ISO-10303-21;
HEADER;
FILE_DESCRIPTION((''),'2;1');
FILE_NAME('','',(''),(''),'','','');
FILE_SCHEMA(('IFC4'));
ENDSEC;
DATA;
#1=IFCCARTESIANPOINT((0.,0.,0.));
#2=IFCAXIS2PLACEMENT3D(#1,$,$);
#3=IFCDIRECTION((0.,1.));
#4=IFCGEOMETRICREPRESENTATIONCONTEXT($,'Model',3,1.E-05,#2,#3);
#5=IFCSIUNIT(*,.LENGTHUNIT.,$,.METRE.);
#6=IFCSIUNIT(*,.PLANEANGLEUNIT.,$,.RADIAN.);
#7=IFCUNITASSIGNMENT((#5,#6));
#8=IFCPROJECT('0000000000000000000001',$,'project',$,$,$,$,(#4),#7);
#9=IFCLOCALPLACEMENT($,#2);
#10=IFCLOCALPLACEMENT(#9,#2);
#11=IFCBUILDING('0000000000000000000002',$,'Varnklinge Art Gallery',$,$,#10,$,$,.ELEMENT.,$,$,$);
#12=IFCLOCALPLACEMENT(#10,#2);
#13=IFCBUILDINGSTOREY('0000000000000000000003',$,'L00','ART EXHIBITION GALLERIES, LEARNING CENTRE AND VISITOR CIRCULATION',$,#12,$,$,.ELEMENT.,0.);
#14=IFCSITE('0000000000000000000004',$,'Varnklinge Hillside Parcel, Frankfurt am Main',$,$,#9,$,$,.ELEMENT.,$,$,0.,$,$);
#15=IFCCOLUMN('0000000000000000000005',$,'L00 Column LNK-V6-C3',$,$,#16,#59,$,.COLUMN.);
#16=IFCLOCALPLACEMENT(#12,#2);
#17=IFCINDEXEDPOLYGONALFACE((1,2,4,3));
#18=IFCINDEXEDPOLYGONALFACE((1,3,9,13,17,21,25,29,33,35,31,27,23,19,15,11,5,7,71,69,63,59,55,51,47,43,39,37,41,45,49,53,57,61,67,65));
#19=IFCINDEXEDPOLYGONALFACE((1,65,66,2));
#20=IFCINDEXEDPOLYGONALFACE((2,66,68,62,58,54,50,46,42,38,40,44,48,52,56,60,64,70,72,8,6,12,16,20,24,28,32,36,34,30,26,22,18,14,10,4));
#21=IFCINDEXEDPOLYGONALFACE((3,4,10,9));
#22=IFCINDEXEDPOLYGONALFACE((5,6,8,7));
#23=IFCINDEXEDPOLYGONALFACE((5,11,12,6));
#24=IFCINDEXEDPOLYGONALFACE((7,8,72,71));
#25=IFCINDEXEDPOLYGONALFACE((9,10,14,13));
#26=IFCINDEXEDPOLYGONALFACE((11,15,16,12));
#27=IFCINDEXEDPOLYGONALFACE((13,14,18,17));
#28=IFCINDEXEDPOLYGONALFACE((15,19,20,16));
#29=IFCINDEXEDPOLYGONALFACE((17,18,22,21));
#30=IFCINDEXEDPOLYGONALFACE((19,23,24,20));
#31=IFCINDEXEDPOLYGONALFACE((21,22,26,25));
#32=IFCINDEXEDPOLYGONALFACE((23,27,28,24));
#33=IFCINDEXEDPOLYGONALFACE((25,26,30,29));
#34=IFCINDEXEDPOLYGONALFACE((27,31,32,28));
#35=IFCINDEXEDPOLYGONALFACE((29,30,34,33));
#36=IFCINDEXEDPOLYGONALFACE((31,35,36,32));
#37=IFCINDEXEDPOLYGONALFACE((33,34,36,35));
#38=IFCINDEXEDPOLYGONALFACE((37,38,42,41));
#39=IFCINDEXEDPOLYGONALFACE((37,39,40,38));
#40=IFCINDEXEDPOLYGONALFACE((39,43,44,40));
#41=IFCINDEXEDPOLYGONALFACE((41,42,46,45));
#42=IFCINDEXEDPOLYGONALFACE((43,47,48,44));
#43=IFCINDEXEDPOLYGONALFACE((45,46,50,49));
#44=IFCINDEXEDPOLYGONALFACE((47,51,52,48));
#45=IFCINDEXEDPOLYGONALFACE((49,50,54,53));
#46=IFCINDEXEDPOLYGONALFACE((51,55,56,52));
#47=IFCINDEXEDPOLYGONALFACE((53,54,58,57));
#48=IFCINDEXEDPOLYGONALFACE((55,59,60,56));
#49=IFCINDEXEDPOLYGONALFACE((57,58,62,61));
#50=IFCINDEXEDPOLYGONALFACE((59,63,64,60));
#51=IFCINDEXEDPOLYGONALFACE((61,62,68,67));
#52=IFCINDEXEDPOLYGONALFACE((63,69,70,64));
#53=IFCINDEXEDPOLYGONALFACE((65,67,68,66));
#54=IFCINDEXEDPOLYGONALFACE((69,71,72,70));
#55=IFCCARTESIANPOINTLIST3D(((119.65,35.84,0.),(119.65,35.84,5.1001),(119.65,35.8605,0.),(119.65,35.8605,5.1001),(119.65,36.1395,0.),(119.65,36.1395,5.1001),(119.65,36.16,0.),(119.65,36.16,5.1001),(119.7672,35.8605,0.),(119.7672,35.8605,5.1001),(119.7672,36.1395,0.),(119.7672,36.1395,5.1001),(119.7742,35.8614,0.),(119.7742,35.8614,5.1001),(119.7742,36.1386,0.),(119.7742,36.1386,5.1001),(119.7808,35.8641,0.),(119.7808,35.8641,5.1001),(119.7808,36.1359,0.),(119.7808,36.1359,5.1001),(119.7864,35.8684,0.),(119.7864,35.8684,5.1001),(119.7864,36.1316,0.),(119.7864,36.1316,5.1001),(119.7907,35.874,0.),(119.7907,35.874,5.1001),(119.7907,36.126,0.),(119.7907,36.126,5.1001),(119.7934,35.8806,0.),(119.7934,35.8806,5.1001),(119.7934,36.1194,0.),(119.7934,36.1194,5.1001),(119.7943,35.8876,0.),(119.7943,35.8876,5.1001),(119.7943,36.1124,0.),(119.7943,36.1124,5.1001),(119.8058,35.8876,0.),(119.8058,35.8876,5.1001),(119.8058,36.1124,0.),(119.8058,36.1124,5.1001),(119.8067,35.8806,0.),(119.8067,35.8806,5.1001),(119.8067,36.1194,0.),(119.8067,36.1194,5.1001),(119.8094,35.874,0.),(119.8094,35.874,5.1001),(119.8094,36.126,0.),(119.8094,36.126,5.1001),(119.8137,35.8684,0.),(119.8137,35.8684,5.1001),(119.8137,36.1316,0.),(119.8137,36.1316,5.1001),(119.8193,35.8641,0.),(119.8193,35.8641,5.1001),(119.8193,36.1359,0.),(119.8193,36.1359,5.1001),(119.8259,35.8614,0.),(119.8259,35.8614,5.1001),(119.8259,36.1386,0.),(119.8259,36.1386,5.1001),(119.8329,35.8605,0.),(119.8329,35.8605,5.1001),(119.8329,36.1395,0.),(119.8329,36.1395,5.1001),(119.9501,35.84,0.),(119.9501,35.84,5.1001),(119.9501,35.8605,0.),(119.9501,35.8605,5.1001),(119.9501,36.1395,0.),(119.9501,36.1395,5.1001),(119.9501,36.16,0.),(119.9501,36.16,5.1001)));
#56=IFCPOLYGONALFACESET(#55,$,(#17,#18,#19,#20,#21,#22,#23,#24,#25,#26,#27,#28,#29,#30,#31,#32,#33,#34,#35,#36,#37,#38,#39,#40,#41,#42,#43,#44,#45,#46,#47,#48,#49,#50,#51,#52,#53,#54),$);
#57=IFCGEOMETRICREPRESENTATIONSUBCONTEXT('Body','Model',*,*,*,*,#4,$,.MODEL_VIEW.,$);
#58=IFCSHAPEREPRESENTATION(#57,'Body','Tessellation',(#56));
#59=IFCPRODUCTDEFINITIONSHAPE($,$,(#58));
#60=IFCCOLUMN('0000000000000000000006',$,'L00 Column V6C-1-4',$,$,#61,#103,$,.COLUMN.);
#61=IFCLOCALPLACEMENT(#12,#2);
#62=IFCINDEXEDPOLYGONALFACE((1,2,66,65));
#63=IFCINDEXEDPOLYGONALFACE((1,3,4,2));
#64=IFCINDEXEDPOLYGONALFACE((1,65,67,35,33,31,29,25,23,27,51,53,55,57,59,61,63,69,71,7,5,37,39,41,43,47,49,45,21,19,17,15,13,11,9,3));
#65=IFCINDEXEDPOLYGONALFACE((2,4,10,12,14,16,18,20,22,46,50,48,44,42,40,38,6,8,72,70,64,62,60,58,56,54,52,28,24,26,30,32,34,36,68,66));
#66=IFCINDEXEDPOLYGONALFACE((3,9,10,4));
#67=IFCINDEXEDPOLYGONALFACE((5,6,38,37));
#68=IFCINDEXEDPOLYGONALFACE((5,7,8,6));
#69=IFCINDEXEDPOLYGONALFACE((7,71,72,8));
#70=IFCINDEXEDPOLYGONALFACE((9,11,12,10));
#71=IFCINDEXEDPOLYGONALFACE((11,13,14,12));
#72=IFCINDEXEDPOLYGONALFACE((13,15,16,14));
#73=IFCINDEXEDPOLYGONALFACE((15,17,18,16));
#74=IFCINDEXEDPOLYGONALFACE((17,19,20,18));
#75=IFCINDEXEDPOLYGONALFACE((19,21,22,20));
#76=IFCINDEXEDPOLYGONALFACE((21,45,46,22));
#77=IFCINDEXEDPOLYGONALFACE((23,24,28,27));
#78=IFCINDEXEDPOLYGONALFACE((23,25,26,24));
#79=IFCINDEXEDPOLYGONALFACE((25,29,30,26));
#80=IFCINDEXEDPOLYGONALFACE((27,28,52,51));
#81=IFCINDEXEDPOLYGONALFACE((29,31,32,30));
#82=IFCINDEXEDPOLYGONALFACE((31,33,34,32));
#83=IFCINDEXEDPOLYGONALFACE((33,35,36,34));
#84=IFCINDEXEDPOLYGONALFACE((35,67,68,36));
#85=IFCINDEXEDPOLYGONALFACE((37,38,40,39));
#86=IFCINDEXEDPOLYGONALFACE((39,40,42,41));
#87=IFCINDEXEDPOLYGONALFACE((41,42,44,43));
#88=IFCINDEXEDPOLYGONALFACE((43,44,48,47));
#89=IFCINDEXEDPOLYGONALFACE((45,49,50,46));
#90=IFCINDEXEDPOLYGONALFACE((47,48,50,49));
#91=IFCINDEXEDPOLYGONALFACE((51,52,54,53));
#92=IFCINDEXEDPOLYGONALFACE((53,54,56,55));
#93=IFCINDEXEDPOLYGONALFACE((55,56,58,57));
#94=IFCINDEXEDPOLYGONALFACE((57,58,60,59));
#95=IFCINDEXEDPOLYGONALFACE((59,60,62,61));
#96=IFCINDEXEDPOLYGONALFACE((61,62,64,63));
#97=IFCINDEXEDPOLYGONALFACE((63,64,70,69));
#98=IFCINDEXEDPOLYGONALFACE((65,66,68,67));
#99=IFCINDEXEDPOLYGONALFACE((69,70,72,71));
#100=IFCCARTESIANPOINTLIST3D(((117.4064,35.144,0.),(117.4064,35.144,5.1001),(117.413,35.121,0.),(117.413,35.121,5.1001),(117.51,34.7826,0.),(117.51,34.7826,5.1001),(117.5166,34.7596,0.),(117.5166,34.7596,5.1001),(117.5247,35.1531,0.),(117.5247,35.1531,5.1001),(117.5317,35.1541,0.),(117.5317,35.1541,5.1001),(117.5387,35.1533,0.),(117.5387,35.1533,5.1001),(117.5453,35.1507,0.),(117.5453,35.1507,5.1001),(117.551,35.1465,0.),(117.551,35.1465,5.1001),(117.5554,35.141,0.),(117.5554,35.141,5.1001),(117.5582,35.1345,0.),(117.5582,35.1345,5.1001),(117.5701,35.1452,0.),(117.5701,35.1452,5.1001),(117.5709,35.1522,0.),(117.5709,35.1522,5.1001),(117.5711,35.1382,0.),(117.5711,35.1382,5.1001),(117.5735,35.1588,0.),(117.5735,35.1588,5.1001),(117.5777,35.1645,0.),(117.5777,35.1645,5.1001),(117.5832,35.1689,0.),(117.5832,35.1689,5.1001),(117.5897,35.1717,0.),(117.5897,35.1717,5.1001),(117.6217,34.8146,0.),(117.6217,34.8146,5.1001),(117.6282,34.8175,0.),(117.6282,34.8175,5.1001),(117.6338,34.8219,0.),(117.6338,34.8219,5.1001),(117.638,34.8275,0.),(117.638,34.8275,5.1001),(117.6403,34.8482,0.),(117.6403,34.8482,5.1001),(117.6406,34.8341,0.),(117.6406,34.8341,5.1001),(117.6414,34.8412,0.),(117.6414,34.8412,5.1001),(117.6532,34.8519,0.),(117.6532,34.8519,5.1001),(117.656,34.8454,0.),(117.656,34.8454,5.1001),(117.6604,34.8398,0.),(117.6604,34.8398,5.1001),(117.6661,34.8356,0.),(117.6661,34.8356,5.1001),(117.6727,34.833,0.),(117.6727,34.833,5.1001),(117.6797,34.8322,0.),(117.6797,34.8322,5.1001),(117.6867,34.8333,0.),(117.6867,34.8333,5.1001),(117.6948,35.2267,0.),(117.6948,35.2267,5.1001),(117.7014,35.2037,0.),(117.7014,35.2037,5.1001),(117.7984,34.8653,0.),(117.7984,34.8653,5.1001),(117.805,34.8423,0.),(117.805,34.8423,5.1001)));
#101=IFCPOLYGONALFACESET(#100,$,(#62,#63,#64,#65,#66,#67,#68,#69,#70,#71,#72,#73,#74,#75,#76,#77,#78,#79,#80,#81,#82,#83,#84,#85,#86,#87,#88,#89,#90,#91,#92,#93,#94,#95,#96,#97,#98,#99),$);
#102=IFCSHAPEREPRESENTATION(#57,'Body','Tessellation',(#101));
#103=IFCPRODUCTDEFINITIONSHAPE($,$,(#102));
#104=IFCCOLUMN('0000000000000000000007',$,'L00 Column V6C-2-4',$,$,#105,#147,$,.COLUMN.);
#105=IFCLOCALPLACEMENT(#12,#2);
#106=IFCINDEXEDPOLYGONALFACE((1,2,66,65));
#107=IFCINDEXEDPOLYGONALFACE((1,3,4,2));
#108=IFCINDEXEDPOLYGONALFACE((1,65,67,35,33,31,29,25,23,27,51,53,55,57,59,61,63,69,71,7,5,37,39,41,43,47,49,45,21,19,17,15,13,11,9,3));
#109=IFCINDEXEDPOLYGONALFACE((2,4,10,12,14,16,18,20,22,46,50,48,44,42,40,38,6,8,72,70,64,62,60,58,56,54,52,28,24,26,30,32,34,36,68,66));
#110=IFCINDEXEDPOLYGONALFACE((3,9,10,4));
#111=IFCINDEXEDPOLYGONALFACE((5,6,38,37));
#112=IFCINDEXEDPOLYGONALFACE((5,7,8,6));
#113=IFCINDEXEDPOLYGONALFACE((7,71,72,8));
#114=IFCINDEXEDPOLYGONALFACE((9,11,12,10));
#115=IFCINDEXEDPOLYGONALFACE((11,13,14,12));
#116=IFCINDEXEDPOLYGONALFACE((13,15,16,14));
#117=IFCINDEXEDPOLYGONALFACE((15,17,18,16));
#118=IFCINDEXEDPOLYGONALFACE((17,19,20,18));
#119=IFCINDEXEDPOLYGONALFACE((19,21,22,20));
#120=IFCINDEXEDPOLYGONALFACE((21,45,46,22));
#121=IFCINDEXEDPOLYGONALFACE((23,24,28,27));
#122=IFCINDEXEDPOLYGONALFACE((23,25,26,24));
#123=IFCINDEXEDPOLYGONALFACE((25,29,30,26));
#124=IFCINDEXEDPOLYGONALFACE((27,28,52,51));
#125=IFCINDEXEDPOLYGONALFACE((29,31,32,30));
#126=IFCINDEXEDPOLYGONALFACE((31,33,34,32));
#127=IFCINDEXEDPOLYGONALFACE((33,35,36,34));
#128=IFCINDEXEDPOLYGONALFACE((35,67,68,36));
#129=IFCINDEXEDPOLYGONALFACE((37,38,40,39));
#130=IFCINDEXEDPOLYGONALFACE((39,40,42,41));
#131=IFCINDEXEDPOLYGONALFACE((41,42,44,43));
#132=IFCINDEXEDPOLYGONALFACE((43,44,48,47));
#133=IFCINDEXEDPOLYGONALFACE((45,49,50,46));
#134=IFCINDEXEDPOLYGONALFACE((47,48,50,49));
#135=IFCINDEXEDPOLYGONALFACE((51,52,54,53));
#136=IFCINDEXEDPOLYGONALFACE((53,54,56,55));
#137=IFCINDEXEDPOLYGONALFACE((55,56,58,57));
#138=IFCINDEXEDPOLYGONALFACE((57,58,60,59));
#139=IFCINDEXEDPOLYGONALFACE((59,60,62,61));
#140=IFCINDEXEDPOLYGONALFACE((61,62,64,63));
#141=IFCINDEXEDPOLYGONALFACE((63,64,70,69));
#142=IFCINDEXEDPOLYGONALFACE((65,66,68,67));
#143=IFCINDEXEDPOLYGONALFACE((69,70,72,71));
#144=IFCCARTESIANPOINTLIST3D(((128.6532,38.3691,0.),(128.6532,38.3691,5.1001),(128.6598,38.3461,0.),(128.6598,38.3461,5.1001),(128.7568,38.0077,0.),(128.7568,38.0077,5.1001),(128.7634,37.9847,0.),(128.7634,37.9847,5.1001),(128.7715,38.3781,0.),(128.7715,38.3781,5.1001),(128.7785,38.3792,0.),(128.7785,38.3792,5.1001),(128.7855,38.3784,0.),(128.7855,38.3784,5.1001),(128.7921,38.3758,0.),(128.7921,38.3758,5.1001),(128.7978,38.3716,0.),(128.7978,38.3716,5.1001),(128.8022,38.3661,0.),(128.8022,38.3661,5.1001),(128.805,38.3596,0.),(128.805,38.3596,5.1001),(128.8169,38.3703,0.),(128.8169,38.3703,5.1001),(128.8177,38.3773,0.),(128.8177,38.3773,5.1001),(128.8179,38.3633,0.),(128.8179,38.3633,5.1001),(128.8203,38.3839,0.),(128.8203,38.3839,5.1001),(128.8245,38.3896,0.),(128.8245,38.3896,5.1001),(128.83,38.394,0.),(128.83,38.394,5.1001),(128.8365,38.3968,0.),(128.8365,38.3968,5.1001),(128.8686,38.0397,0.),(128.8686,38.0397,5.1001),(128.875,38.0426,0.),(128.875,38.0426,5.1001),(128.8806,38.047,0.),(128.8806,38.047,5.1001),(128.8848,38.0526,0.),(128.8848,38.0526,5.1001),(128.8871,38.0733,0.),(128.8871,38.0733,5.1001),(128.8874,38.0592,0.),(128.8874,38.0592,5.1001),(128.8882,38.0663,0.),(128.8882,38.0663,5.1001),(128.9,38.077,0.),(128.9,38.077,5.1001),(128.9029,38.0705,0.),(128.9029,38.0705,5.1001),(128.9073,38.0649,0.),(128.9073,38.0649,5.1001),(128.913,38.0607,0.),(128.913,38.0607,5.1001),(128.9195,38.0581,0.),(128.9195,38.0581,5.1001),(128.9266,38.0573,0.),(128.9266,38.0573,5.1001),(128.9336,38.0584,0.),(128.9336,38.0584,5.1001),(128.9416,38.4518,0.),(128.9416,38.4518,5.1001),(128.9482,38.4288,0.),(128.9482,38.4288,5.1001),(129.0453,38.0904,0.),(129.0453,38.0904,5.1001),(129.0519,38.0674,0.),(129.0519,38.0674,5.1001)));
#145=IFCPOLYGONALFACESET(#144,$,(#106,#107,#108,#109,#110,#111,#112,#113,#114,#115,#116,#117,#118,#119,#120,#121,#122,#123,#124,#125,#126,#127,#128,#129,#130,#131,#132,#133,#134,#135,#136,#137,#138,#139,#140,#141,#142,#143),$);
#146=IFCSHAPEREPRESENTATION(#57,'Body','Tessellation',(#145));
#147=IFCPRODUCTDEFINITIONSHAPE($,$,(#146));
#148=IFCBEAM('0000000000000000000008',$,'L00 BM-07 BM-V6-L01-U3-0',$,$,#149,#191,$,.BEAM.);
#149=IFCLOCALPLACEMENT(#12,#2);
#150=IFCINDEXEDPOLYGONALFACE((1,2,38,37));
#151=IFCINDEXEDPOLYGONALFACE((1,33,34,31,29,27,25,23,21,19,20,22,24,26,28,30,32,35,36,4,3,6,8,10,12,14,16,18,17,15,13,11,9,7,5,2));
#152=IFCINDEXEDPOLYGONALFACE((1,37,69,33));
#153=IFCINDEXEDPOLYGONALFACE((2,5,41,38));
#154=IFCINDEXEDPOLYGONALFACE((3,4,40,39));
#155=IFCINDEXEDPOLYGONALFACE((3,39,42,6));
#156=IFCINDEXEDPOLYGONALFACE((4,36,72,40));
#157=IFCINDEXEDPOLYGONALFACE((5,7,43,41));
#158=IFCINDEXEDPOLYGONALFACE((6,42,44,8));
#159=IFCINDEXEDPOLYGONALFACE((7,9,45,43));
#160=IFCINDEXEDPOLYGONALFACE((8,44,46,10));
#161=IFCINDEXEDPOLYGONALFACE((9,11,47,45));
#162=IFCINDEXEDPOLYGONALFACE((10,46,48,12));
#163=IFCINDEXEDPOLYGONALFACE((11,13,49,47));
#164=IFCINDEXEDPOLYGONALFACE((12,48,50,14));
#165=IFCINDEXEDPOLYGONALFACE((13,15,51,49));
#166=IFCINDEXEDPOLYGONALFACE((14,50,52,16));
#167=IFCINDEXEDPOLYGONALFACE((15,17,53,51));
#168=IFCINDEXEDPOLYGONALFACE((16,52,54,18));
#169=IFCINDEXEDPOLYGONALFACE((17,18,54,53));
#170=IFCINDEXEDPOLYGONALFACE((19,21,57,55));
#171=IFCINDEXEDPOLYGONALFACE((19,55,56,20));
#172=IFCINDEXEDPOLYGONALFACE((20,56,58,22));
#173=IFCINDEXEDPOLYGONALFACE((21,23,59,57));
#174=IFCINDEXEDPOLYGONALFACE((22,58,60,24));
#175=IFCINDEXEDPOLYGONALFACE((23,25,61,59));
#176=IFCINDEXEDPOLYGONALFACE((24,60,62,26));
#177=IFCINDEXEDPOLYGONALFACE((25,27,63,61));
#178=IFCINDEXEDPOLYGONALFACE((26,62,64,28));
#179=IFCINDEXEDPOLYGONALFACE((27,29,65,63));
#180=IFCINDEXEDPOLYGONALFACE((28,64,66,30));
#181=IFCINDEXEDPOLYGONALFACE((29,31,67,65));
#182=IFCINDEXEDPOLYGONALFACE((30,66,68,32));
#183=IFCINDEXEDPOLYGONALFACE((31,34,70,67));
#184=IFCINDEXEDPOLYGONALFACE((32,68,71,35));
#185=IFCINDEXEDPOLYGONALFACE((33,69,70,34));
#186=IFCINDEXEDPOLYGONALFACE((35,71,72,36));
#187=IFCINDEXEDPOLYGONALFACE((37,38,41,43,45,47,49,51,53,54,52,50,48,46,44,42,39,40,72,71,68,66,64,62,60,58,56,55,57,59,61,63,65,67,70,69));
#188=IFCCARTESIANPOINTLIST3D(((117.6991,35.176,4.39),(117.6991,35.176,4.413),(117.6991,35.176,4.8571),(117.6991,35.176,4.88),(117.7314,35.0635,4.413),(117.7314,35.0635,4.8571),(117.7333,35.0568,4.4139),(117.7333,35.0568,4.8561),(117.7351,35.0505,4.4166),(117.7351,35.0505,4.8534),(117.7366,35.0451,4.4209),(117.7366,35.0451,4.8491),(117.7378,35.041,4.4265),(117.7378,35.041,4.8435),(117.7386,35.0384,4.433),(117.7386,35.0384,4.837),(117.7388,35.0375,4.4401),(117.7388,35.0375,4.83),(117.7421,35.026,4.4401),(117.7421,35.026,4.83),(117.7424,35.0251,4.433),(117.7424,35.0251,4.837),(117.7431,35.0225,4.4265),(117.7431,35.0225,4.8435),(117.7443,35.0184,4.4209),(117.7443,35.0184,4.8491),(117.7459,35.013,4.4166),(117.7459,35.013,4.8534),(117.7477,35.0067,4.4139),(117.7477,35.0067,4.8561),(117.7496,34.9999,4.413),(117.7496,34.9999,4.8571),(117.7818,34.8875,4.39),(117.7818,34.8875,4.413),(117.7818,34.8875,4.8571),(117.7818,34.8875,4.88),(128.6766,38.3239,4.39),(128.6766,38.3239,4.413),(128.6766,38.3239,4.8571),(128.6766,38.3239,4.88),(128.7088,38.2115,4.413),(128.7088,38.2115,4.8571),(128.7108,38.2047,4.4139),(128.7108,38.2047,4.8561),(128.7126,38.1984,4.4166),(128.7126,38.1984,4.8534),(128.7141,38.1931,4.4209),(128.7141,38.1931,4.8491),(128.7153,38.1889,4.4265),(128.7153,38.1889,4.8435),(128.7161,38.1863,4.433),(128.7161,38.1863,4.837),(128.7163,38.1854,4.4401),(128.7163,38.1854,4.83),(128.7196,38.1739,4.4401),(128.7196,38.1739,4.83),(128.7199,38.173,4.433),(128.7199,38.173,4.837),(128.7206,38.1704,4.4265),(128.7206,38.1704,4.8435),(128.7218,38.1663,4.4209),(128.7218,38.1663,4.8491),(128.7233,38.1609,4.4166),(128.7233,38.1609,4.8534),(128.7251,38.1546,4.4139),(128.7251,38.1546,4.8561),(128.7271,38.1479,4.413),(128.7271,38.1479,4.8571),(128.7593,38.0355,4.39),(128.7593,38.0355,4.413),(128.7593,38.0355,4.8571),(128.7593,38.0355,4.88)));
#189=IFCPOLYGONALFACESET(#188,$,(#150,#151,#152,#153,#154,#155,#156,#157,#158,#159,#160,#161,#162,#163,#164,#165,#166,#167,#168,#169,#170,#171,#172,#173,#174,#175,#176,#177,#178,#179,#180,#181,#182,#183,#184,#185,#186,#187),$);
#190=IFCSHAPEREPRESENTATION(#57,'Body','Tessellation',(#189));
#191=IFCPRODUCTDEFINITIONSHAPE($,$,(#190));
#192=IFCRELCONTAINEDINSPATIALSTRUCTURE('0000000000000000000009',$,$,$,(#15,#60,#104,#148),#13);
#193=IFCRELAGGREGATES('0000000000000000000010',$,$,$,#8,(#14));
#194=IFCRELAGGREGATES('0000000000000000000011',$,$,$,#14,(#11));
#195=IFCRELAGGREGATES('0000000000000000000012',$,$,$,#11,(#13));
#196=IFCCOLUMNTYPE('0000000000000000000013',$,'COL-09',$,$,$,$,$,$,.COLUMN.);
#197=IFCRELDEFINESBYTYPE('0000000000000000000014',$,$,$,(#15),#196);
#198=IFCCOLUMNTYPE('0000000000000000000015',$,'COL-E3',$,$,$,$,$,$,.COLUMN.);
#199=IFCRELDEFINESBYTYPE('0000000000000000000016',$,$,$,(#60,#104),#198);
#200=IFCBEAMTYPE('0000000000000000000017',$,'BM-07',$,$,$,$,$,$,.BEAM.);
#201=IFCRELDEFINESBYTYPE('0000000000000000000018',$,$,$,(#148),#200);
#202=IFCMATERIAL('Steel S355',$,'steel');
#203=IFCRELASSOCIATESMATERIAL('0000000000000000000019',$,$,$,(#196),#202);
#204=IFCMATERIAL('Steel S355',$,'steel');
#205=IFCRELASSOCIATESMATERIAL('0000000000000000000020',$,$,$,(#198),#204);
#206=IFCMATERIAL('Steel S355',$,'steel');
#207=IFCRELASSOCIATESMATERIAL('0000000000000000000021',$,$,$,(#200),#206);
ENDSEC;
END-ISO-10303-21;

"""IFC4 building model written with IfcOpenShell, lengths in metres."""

from ifc_helpers import new_model, si_unit, direction, frame, origin, origin_2d, place, context, subcontext, project, spatial, i_section, extrude, material, material_profile, profile_set, type_object, element, save


model = new_model("IFC4")

# Units and contexts
model_context = context("Model", 3, precision=1e-05, world=origin(), true_north=direction((0.0, 1.0)))
body_context = subcontext(model_context, "Body", "Model", "MODEL_VIEW")
ifc_project = project(units=[si_unit("LENGTHUNIT", "METRE"), si_unit("PLANEANGLEUNIT", "RADIAN")], contexts=[model_context])

# Site, building, storey
site_placement = place(None, origin())
site = spatial("IfcSite", under=ifc_project, at=site_placement, Name="Varnklinge Hillside Parcel, Frankfurt am Main", CompositionType="ELEMENT", RefElevation=0.0)
building_placement = place(site_placement, origin())
building = spatial("IfcBuilding", under=site, at=building_placement, Name="Varnklinge Art Gallery", CompositionType="ELEMENT")
storey_placement = place(building_placement, origin())
storey = spatial("IfcBuildingStorey", under=building, at=storey_placement, Name="L00", Description="ART EXHIBITION GALLERIES, LEARNING CENTRE AND VISITOR CIRCULATION", CompositionType="ELEMENT", Elevation=0.0)

# Columns
ifc_material_1 = material(Name="Steel S355", Category="steel")
ifc_material_profile_1 = material_profile(ifc_material_1, i_section(OverallWidth=0.3, OverallDepth=0.3201, WebThickness=0.0115, FlangeThickness=0.0205, FilletRadius=0.0271, at=origin_2d()), Name="HEB 320")
ifc_profile_set_1 = profile_set([ifc_material_profile_1], Name="Steel S355")
column_type_1 = type_object("IfcColumnType", Name="COL-09", PredefinedType="COLUMN", material=ifc_profile_set_1)
column_placement = place(storey_placement, frame((119.8, 36.0, 0.0), z_axis=(0.0, 0.0, 1.0), x_axis=(1.0, 0.0, 0.0)))
element("IfcColumn", 1, at=column_placement, inside=storey, type_object=column_type_1, Name="L00 Column LNK-V6-C3", PredefinedType="COLUMN", context=body_context, shape_type="SweptSolid", body=[
    extrude(i_section(OverallWidth=0.3, OverallDepth=0.3201, WebThickness=0.0115, FlangeThickness=0.0205, FilletRadius=0.0271, at=origin_2d()), origin(), (0.0, 0.0, 1.0), 5.1001),
])
ifc_material_2 = material(Name="Steel S355", Category="steel")
ifc_material_profile_2 = material_profile(ifc_material_2, i_section(OverallWidth=0.3, OverallDepth=0.3999, WebThickness=0.0134, FlangeThickness=0.0239, FilletRadius=0.0271, at=origin_2d()), Name="HEB 400")
ifc_profile_set_2 = profile_set([ifc_material_profile_2], Name="Steel S355")
column_type_2 = type_object("IfcColumnType", Name="COL-E3", PredefinedType="COLUMN", material=ifc_profile_set_2)
for number, where, z_axis, x_axis, name in (
    (2, (117.6057, 34.9932, 0.0), (0.0, 0.0, 1.0), (0.961262, 0.275637, 0.0), "L00 Column V6C-1-4"),
    (3, (128.8525, 38.2183, 0.0), (0.0, 0.0, 1.0), (0.961262, 0.275637, 0.0), "L00 Column V6C-2-4"),
):
    element("IfcColumn", number, at=place(storey_placement, frame(where, z_axis=z_axis, x_axis=x_axis)), inside=storey, type_object=column_type_2, Name=name, PredefinedType="COLUMN", context=body_context, shape_type="SweptSolid", body=[
        extrude(i_section(OverallWidth=0.3, OverallDepth=0.3999, WebThickness=0.0134, FlangeThickness=0.0239, FilletRadius=0.0271, at=origin_2d()), origin(), (0.0, 0.0, 1.0), 5.1001),
    ])

# Beam
ifc_material_3 = material(Name="Steel S355", Category="steel")
ifc_material_profile_3 = material_profile(ifc_material_3, i_section(OverallWidth=0.3, OverallDepth=0.49, WebThickness=0.012, FlangeThickness=0.0229, FilletRadius=0.0271, at=origin_2d()), Name="HEA 500")
ifc_profile_set_3 = profile_set([ifc_material_profile_3], Name="Steel S355")
beam_type_1 = type_object("IfcBeamType", Name="BM-07", PredefinedType="BEAM", material=ifc_profile_set_3)
beam_1_placement = place(storey_placement, frame((117.7405, 35.0317, 4.635), z_axis=(0.961257, 0.275653, 0.0), x_axis=(-0.275653, 0.961257, 0.0)))
element("IfcBeam", 4, at=beam_1_placement, inside=storey, type_object=beam_type_1, Name="L00 BM-07 BM-V6-L01-U3-0", PredefinedType="BEAM", context=body_context, shape_type="SweptSolid", body=[
    extrude(i_section(OverallWidth=0.3, OverallDepth=0.49, WebThickness=0.012, FlangeThickness=0.0229, FilletRadius=0.0271, at=origin_2d()), origin(), (0.0, 0.0, 1.0), 11.4199),
])

save(model, "model.ifc")
